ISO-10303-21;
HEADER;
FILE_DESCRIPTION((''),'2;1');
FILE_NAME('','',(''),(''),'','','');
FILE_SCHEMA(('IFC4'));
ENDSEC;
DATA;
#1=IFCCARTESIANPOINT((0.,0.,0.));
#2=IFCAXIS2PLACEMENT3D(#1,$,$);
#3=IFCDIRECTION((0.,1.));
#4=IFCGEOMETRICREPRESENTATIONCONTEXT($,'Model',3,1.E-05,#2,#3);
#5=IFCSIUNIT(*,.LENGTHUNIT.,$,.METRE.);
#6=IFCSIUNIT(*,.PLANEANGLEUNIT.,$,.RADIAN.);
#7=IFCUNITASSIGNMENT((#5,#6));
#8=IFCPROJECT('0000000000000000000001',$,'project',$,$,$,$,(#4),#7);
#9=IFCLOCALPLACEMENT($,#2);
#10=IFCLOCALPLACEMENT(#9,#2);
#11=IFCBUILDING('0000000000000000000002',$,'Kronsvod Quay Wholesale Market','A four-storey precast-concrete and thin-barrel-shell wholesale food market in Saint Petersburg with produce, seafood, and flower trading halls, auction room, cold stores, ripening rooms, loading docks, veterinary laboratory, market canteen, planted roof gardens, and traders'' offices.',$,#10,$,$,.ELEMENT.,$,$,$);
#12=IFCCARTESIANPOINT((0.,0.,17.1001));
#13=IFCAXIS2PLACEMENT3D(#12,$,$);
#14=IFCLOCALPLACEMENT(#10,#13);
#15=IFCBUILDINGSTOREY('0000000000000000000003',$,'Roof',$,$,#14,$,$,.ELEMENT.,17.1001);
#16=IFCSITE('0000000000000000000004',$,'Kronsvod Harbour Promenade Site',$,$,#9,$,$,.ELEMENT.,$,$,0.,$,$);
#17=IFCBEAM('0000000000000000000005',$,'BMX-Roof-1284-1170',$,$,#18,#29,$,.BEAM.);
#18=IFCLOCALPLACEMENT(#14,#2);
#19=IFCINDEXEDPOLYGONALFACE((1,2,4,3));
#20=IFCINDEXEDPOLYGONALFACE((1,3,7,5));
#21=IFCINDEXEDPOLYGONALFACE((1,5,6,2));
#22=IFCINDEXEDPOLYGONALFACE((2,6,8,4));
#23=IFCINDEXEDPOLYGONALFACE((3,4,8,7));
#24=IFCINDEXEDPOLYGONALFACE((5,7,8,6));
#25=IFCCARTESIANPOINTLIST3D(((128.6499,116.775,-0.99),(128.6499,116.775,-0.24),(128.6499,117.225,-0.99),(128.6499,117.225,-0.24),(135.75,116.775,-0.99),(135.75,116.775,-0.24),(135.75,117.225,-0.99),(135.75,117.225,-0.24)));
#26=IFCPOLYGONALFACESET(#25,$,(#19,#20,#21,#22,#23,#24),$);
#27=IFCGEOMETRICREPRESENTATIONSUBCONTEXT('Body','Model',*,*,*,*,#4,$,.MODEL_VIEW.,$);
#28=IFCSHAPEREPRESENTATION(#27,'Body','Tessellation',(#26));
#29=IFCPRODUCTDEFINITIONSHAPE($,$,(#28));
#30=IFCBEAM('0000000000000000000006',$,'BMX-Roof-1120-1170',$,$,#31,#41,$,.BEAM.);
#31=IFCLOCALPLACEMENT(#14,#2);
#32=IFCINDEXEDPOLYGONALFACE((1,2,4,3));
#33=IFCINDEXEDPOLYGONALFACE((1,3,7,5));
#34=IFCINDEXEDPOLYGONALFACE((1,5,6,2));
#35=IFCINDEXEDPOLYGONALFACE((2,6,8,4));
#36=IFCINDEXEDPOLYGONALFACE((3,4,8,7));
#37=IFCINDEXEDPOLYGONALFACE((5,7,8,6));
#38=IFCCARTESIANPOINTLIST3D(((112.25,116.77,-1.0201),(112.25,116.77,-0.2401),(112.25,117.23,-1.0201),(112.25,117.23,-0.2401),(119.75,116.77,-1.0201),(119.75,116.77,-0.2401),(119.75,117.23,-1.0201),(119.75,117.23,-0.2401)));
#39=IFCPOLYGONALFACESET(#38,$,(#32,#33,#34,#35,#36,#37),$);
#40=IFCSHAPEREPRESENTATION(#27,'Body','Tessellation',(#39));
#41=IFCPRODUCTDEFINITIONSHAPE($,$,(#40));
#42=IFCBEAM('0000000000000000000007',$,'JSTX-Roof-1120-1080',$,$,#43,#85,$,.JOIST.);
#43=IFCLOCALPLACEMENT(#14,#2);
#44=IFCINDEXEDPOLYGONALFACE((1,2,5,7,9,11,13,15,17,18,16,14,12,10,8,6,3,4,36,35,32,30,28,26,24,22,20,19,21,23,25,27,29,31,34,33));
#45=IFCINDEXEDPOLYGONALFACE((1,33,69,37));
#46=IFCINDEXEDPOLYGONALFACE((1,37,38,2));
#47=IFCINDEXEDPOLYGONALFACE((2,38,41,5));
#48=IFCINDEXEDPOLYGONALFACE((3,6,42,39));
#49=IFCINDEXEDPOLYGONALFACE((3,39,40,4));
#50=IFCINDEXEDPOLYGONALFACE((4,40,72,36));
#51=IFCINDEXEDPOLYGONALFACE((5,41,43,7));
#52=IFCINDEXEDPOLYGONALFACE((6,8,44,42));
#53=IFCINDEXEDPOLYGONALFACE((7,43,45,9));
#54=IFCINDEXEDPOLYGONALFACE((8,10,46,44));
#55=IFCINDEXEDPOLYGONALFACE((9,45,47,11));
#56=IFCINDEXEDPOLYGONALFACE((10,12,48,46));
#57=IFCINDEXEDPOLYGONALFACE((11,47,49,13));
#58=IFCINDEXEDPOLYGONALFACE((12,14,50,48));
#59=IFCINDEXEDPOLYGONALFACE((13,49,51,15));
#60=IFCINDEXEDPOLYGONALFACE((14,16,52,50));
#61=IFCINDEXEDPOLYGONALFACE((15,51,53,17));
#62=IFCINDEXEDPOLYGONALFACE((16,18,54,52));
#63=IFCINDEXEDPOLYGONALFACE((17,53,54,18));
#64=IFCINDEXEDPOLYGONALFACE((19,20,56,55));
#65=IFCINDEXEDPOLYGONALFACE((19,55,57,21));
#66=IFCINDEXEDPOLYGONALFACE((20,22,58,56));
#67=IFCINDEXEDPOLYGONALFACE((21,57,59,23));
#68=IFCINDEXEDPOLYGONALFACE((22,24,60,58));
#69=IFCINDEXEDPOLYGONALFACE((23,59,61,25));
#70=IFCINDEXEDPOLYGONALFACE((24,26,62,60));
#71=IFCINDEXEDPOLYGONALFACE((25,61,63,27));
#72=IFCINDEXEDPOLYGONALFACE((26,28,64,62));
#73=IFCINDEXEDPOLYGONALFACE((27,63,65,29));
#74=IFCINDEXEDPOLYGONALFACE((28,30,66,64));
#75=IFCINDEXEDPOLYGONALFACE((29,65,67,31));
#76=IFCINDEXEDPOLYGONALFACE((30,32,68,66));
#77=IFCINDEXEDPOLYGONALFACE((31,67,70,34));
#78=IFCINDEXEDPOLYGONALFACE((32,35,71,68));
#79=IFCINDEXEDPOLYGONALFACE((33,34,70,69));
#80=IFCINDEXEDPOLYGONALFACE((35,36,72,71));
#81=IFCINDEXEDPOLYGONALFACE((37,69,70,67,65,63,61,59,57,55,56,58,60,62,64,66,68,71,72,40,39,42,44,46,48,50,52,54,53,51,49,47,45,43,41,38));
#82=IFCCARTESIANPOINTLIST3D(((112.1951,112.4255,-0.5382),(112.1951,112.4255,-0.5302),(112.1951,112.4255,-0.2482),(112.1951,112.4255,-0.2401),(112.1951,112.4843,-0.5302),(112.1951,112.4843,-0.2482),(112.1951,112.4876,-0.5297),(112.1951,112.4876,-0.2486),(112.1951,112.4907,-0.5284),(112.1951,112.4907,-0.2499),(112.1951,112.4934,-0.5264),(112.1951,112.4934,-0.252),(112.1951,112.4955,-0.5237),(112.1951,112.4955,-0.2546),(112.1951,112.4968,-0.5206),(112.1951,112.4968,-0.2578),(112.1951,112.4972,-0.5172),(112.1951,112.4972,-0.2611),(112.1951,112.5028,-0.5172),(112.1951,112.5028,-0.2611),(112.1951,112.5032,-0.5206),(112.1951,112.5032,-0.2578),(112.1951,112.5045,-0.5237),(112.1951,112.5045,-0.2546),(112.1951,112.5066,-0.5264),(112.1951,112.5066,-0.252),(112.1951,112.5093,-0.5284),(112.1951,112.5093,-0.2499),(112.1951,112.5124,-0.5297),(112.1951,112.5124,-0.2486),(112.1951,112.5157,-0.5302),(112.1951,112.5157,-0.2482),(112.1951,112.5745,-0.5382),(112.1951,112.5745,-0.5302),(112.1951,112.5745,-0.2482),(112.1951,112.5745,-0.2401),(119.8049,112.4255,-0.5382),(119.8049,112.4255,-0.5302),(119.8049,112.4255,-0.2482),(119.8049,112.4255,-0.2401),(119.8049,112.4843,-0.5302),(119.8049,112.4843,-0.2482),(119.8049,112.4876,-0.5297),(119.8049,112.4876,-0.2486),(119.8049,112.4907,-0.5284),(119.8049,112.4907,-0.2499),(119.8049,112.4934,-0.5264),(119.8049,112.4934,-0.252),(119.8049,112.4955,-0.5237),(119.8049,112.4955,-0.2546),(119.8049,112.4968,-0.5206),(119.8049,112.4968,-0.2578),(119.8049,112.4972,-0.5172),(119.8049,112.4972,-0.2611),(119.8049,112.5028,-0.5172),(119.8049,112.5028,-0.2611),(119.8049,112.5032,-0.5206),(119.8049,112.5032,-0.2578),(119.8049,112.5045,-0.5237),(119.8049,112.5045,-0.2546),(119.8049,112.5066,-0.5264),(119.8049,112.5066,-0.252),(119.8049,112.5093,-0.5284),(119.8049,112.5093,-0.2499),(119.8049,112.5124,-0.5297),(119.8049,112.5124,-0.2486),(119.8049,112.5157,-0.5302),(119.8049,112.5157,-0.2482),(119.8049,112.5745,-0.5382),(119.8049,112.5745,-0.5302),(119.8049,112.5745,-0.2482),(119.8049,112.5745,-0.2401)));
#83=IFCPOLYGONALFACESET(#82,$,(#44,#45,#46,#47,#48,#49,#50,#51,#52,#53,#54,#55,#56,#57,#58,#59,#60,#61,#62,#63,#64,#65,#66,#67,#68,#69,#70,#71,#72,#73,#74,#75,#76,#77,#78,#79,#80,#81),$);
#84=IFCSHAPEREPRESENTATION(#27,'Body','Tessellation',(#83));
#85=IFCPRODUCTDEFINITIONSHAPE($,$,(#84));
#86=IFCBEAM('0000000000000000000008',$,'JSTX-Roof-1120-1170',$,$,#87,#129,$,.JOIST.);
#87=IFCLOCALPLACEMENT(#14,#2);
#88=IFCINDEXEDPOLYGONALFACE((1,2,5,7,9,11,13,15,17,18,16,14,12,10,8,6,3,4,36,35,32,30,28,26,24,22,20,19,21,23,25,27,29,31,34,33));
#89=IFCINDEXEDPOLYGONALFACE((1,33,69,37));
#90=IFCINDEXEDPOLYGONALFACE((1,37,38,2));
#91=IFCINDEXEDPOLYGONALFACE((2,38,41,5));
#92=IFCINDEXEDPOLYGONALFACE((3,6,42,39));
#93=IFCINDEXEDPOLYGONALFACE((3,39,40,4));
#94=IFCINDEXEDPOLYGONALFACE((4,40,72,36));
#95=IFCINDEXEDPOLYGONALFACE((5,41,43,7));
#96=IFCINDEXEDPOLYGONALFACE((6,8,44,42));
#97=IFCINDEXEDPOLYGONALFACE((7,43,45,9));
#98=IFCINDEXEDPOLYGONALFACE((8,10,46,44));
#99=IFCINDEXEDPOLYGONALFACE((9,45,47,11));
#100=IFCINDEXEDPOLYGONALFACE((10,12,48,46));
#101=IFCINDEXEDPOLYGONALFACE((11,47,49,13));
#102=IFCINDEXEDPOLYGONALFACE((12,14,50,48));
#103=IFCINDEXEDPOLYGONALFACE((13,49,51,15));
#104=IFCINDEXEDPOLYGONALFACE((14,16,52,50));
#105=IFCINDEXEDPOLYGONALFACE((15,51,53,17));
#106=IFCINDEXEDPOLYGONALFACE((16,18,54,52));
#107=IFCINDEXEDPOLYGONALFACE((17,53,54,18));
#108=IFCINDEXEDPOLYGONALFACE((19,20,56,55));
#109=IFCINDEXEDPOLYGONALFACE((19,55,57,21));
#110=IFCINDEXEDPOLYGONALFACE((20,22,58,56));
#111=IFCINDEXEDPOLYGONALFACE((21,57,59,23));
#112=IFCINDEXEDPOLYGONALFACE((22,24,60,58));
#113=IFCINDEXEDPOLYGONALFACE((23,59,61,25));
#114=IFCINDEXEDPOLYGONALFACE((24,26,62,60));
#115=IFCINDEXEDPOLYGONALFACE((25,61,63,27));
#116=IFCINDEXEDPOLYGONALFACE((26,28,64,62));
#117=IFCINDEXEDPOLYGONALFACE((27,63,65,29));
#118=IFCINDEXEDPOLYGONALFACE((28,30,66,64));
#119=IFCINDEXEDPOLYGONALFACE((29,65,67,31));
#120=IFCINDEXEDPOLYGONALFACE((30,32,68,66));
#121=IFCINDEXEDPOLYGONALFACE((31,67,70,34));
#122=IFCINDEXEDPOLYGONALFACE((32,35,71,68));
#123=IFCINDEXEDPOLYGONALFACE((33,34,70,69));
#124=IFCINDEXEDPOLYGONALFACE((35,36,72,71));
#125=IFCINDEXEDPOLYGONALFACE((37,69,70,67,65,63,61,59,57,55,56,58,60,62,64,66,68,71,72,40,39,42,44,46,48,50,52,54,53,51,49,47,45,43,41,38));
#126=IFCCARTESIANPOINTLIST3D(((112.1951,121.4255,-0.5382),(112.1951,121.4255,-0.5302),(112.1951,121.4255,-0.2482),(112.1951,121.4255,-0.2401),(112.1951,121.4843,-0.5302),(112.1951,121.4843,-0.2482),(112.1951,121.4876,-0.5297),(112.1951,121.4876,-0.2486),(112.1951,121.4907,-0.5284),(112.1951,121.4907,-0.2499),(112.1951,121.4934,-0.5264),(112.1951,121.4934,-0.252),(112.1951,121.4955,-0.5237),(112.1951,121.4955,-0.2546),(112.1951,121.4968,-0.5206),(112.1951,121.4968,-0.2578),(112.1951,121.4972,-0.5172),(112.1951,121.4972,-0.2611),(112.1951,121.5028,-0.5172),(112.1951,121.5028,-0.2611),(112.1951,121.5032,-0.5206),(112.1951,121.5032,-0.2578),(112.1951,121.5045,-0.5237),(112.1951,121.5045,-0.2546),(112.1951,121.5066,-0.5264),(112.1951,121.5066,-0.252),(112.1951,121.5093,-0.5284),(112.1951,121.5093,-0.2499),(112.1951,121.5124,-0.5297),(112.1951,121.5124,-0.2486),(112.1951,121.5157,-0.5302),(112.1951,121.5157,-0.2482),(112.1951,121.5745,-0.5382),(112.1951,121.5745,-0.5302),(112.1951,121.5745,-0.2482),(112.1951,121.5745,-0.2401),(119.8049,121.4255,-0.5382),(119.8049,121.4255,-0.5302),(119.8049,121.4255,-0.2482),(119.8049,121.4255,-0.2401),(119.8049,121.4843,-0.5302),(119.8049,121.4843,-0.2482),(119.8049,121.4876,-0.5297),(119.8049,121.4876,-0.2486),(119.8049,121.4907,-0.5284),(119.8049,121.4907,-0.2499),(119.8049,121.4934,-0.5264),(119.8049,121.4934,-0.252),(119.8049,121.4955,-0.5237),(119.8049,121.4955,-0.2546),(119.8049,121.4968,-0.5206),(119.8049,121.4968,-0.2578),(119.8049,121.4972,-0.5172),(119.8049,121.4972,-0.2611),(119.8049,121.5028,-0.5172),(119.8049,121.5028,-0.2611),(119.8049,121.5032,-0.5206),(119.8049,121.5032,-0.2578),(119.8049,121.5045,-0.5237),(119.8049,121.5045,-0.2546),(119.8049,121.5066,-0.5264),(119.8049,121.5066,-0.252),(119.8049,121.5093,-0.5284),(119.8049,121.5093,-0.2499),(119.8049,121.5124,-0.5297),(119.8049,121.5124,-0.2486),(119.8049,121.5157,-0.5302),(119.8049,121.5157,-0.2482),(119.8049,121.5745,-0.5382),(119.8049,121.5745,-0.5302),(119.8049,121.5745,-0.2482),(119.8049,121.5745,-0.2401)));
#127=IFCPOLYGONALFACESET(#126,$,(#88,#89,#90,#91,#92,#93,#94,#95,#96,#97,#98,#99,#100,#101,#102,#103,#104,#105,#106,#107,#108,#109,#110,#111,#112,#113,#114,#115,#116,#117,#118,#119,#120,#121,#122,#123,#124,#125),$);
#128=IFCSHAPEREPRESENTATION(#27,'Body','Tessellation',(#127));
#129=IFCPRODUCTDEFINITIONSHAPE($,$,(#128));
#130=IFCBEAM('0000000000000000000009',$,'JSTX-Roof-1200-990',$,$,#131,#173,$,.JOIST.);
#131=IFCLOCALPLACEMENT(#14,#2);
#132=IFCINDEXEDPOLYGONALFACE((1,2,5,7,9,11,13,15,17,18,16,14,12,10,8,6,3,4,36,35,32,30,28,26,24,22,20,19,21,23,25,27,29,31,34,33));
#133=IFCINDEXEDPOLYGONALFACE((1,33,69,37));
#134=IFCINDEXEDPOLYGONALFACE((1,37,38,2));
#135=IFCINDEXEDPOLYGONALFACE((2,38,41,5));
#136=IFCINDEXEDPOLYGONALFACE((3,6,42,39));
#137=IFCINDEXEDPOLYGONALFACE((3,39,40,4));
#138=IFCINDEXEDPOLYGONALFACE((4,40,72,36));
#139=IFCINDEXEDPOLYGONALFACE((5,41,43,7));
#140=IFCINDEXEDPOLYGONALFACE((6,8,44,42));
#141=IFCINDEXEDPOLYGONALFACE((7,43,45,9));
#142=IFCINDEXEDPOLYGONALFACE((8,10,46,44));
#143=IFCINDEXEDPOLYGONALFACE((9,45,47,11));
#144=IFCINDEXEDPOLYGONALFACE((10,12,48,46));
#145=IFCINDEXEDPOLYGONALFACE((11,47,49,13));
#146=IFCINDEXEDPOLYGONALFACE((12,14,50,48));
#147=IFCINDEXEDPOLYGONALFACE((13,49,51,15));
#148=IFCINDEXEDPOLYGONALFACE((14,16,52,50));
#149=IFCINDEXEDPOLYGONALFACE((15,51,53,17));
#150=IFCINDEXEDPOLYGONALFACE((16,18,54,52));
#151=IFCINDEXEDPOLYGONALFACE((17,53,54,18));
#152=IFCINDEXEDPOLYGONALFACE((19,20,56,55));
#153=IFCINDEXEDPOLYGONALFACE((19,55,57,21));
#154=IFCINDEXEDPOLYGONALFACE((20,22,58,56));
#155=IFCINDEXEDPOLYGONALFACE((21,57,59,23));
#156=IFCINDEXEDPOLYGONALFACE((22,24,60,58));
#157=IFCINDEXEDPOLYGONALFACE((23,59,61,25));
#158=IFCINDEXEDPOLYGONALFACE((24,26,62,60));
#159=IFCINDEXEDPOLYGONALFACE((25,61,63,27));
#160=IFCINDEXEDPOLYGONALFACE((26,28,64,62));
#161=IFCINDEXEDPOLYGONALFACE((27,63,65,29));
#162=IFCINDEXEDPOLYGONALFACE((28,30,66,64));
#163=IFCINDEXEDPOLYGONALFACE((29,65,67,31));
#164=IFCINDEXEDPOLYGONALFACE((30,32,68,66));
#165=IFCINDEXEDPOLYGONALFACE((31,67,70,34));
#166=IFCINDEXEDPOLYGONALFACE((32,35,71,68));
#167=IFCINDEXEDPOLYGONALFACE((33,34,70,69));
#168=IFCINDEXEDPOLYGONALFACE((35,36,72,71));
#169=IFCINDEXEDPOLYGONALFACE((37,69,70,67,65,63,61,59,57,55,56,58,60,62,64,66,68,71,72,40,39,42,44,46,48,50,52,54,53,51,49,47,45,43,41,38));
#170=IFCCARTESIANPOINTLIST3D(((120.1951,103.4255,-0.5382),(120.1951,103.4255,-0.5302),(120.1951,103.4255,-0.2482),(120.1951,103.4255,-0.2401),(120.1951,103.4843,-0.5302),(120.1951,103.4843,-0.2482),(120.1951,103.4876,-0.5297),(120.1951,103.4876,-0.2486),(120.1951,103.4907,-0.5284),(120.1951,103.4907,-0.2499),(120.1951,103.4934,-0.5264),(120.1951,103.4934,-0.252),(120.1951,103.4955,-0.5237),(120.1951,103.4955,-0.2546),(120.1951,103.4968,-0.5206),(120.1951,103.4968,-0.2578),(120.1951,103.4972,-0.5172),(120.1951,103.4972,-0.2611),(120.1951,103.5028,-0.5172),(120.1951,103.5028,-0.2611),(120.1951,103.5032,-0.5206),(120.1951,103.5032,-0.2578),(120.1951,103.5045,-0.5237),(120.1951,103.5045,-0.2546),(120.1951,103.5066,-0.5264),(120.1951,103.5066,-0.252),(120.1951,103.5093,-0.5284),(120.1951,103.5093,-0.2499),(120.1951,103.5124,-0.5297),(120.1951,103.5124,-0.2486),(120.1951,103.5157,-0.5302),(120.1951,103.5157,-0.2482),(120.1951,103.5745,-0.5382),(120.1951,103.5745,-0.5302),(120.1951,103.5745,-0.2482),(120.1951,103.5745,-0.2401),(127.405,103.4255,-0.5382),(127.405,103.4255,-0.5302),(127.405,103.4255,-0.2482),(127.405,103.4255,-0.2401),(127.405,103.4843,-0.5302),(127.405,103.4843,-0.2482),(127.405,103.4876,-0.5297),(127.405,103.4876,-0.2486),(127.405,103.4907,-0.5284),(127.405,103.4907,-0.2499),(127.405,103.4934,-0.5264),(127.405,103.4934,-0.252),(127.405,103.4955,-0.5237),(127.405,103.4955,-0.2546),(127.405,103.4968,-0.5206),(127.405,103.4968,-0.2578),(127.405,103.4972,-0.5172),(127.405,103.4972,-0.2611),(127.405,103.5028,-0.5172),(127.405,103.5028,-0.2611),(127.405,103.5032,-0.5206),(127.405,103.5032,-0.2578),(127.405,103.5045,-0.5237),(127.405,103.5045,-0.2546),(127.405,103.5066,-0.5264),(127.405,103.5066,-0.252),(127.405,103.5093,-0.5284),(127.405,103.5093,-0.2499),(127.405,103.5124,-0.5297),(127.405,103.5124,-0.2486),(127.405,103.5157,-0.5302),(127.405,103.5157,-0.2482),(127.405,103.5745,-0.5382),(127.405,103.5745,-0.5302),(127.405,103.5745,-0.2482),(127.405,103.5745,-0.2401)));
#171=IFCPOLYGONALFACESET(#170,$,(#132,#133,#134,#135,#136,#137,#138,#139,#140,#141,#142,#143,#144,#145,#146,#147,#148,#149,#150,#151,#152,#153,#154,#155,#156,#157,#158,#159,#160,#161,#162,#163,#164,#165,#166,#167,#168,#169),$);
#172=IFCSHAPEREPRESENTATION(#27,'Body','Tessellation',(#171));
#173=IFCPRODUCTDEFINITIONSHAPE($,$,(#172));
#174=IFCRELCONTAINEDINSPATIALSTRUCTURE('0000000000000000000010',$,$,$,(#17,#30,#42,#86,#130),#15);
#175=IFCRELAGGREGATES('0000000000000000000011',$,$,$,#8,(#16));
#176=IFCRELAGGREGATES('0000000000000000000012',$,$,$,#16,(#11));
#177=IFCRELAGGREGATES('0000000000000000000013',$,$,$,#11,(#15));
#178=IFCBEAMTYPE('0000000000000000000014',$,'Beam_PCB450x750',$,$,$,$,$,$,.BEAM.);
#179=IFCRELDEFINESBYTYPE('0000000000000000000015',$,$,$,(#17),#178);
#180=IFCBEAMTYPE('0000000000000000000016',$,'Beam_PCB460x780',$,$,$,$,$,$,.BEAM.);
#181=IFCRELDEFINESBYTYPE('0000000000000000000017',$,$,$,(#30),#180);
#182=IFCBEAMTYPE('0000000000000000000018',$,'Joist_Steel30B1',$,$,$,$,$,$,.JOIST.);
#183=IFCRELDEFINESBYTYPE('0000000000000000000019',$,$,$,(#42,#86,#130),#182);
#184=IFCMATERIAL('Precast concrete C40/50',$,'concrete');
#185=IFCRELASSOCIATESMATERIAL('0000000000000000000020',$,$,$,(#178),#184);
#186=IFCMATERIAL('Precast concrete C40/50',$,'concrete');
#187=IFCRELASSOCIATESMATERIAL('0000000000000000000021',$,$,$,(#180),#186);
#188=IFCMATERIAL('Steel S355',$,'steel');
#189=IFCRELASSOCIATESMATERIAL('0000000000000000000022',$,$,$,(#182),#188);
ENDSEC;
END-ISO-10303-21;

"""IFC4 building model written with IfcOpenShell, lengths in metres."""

from ifc_helpers import new_model, si_unit, direction, frame, origin, origin_2d, place, context, subcontext, project, spatial, rectangle, i_section, extrude, material, material_profile, profile_set, type_object, element, save


model = new_model("IFC4")

# Units and contexts
model_context = context("Model", 3, precision=1e-05, world=origin(), true_north=direction((0.0, 1.0)))
body_context = subcontext(model_context, "Body", "Model", "MODEL_VIEW")
ifc_project = project(units=[si_unit("LENGTHUNIT", "METRE"), si_unit("PLANEANGLEUNIT", "RADIAN")], contexts=[model_context])

# Site, building, storey
site_placement = place(None, origin())
site = spatial("IfcSite", under=ifc_project, at=site_placement, Name="Kronsvod Harbour Promenade Site", CompositionType="ELEMENT", RefElevation=0.0)
building_placement = place(site_placement, origin())
building = spatial("IfcBuilding", under=site, at=building_placement, Name="Kronsvod Quay Wholesale Market", Description="A four-storey precast-concrete and thin-barrel-shell wholesale food market in Saint Petersburg with produce, seafood, and flower trading halls, auction room, cold stores, ripening rooms, loading docks, veterinary laboratory, market canteen, planted roof gardens, and traders' offices.", CompositionType="ELEMENT")
storey_placement = place(building_placement, frame((0.0, 0.0, 17.1001)))
storey = spatial("IfcBuildingStorey", under=building, at=storey_placement, Name="Roof", CompositionType="ELEMENT", Elevation=17.1001)

# Beams
ifc_material_1 = material(Name="Precast concrete C40/50", Category="concrete")
ifc_material_profile_1 = material_profile(ifc_material_1, rectangle(XDim=0.45, YDim=0.75, at=origin_2d()), Name="PCB450x750")
ifc_profile_set_1 = profile_set([ifc_material_profile_1], Name="Precast concrete C40/50")
beam_type_1 = type_object("IfcBeamType", Name="Beam_PCB450x750", PredefinedType="BEAM", material=ifc_profile_set_1)
beam_1_placement = place(storey_placement, frame((128.6499, 117.0, -0.615), z_axis=(1.0, 0.0, 0.0), x_axis=(0.0, 1.0, 0.0)))
element("IfcBeam", 1, at=beam_1_placement, inside=storey, type_object=beam_type_1, Name="BMX-Roof-1284-1170", PredefinedType="BEAM", context=body_context, shape_type="SweptSolid", body=[
    extrude(rectangle(XDim=0.45, YDim=0.75, at=origin_2d()), origin(), (0.0, 0.0, 1.0), 7.1001),
])
ifc_material_2 = material(Name="Precast concrete C40/50", Category="concrete")
ifc_material_profile_2 = material_profile(ifc_material_2, rectangle(XDim=0.46, YDim=0.78, at=origin_2d()), Name="PB-03")
ifc_profile_set_2 = profile_set([ifc_material_profile_2], Name="Precast concrete C40/50")
beam_type_2 = type_object("IfcBeamType", Name="Beam_PCB460x780", PredefinedType="BEAM", material=ifc_profile_set_2)
beam_2_placement = place(storey_placement, frame((112.25, 117.0, -0.6301), z_axis=(1.0, 0.0, 0.0), x_axis=(0.0, 1.0, 0.0)))
element("IfcBeam", 2, at=beam_2_placement, inside=storey, type_object=beam_type_2, Name="BMX-Roof-1120-1170", PredefinedType="BEAM", context=body_context, shape_type="SweptSolid", body=[
    extrude(rectangle(XDim=0.46, YDim=0.78, at=origin_2d()), origin(), (0.0, 0.0, 1.0), 7.5),
])
ifc_material_3 = material(Name="Steel S355", Category="steel")
ifc_material_profile_3 = material_profile(ifc_material_3, i_section(OverallWidth=0.1489, OverallDepth=0.2981, WebThickness=0.0056, FlangeThickness=0.0081, FilletRadius=0.0129, at=origin_2d()), Name="30B1")
ifc_profile_set_3 = profile_set([ifc_material_profile_3], Name="Steel S355")
beam_type_3 = type_object("IfcBeamType", Name="Joist_Steel30B1", PredefinedType="JOIST", material=ifc_profile_set_3)
for number, where, z_axis, x_axis, name in (
    (3, (112.1951, 112.5, -0.3892), (1.0, 0.0, 0.0), (0.0, 1.0, 0.0), "JSTX-Roof-1120-1080"),
    (4, (112.1951, 121.5, -0.3892), (1.0, 0.0, 0.0), (0.0, 1.0, 0.0), "JSTX-Roof-1120-1170"),
):
    element("IfcBeam", number, at=place(storey_placement, frame(where, z_axis=z_axis, x_axis=x_axis)), inside=storey, type_object=beam_type_3, Name=name, PredefinedType="JOIST", context=body_context, shape_type="SweptSolid", body=[
        extrude(i_section(OverallWidth=0.1489, OverallDepth=0.2981, WebThickness=0.0056, FlangeThickness=0.0081, FilletRadius=0.0129, at=origin_2d()), origin(), (0.0, 0.0, 1.0), 7.6099),
    ])
for number, where, z_axis, x_axis, name in (
    (5, (120.1951, 103.5, -0.3892), (1.0, 0.0, 0.0), (0.0, 1.0, 0.0), "JSTX-Roof-1200-990"),
):
    element("IfcBeam", number, at=place(storey_placement, frame(where, z_axis=z_axis, x_axis=x_axis)), inside=storey, type_object=beam_type_3, Name=name, PredefinedType="JOIST", context=body_context, shape_type="SweptSolid", body=[
        extrude(i_section(OverallWidth=0.1489, OverallDepth=0.2981, WebThickness=0.0056, FlangeThickness=0.0081, FilletRadius=0.0129, at=origin_2d()), origin(), (0.0, 0.0, 1.0), 7.21),
    ])

save(model, "model.ifc")
